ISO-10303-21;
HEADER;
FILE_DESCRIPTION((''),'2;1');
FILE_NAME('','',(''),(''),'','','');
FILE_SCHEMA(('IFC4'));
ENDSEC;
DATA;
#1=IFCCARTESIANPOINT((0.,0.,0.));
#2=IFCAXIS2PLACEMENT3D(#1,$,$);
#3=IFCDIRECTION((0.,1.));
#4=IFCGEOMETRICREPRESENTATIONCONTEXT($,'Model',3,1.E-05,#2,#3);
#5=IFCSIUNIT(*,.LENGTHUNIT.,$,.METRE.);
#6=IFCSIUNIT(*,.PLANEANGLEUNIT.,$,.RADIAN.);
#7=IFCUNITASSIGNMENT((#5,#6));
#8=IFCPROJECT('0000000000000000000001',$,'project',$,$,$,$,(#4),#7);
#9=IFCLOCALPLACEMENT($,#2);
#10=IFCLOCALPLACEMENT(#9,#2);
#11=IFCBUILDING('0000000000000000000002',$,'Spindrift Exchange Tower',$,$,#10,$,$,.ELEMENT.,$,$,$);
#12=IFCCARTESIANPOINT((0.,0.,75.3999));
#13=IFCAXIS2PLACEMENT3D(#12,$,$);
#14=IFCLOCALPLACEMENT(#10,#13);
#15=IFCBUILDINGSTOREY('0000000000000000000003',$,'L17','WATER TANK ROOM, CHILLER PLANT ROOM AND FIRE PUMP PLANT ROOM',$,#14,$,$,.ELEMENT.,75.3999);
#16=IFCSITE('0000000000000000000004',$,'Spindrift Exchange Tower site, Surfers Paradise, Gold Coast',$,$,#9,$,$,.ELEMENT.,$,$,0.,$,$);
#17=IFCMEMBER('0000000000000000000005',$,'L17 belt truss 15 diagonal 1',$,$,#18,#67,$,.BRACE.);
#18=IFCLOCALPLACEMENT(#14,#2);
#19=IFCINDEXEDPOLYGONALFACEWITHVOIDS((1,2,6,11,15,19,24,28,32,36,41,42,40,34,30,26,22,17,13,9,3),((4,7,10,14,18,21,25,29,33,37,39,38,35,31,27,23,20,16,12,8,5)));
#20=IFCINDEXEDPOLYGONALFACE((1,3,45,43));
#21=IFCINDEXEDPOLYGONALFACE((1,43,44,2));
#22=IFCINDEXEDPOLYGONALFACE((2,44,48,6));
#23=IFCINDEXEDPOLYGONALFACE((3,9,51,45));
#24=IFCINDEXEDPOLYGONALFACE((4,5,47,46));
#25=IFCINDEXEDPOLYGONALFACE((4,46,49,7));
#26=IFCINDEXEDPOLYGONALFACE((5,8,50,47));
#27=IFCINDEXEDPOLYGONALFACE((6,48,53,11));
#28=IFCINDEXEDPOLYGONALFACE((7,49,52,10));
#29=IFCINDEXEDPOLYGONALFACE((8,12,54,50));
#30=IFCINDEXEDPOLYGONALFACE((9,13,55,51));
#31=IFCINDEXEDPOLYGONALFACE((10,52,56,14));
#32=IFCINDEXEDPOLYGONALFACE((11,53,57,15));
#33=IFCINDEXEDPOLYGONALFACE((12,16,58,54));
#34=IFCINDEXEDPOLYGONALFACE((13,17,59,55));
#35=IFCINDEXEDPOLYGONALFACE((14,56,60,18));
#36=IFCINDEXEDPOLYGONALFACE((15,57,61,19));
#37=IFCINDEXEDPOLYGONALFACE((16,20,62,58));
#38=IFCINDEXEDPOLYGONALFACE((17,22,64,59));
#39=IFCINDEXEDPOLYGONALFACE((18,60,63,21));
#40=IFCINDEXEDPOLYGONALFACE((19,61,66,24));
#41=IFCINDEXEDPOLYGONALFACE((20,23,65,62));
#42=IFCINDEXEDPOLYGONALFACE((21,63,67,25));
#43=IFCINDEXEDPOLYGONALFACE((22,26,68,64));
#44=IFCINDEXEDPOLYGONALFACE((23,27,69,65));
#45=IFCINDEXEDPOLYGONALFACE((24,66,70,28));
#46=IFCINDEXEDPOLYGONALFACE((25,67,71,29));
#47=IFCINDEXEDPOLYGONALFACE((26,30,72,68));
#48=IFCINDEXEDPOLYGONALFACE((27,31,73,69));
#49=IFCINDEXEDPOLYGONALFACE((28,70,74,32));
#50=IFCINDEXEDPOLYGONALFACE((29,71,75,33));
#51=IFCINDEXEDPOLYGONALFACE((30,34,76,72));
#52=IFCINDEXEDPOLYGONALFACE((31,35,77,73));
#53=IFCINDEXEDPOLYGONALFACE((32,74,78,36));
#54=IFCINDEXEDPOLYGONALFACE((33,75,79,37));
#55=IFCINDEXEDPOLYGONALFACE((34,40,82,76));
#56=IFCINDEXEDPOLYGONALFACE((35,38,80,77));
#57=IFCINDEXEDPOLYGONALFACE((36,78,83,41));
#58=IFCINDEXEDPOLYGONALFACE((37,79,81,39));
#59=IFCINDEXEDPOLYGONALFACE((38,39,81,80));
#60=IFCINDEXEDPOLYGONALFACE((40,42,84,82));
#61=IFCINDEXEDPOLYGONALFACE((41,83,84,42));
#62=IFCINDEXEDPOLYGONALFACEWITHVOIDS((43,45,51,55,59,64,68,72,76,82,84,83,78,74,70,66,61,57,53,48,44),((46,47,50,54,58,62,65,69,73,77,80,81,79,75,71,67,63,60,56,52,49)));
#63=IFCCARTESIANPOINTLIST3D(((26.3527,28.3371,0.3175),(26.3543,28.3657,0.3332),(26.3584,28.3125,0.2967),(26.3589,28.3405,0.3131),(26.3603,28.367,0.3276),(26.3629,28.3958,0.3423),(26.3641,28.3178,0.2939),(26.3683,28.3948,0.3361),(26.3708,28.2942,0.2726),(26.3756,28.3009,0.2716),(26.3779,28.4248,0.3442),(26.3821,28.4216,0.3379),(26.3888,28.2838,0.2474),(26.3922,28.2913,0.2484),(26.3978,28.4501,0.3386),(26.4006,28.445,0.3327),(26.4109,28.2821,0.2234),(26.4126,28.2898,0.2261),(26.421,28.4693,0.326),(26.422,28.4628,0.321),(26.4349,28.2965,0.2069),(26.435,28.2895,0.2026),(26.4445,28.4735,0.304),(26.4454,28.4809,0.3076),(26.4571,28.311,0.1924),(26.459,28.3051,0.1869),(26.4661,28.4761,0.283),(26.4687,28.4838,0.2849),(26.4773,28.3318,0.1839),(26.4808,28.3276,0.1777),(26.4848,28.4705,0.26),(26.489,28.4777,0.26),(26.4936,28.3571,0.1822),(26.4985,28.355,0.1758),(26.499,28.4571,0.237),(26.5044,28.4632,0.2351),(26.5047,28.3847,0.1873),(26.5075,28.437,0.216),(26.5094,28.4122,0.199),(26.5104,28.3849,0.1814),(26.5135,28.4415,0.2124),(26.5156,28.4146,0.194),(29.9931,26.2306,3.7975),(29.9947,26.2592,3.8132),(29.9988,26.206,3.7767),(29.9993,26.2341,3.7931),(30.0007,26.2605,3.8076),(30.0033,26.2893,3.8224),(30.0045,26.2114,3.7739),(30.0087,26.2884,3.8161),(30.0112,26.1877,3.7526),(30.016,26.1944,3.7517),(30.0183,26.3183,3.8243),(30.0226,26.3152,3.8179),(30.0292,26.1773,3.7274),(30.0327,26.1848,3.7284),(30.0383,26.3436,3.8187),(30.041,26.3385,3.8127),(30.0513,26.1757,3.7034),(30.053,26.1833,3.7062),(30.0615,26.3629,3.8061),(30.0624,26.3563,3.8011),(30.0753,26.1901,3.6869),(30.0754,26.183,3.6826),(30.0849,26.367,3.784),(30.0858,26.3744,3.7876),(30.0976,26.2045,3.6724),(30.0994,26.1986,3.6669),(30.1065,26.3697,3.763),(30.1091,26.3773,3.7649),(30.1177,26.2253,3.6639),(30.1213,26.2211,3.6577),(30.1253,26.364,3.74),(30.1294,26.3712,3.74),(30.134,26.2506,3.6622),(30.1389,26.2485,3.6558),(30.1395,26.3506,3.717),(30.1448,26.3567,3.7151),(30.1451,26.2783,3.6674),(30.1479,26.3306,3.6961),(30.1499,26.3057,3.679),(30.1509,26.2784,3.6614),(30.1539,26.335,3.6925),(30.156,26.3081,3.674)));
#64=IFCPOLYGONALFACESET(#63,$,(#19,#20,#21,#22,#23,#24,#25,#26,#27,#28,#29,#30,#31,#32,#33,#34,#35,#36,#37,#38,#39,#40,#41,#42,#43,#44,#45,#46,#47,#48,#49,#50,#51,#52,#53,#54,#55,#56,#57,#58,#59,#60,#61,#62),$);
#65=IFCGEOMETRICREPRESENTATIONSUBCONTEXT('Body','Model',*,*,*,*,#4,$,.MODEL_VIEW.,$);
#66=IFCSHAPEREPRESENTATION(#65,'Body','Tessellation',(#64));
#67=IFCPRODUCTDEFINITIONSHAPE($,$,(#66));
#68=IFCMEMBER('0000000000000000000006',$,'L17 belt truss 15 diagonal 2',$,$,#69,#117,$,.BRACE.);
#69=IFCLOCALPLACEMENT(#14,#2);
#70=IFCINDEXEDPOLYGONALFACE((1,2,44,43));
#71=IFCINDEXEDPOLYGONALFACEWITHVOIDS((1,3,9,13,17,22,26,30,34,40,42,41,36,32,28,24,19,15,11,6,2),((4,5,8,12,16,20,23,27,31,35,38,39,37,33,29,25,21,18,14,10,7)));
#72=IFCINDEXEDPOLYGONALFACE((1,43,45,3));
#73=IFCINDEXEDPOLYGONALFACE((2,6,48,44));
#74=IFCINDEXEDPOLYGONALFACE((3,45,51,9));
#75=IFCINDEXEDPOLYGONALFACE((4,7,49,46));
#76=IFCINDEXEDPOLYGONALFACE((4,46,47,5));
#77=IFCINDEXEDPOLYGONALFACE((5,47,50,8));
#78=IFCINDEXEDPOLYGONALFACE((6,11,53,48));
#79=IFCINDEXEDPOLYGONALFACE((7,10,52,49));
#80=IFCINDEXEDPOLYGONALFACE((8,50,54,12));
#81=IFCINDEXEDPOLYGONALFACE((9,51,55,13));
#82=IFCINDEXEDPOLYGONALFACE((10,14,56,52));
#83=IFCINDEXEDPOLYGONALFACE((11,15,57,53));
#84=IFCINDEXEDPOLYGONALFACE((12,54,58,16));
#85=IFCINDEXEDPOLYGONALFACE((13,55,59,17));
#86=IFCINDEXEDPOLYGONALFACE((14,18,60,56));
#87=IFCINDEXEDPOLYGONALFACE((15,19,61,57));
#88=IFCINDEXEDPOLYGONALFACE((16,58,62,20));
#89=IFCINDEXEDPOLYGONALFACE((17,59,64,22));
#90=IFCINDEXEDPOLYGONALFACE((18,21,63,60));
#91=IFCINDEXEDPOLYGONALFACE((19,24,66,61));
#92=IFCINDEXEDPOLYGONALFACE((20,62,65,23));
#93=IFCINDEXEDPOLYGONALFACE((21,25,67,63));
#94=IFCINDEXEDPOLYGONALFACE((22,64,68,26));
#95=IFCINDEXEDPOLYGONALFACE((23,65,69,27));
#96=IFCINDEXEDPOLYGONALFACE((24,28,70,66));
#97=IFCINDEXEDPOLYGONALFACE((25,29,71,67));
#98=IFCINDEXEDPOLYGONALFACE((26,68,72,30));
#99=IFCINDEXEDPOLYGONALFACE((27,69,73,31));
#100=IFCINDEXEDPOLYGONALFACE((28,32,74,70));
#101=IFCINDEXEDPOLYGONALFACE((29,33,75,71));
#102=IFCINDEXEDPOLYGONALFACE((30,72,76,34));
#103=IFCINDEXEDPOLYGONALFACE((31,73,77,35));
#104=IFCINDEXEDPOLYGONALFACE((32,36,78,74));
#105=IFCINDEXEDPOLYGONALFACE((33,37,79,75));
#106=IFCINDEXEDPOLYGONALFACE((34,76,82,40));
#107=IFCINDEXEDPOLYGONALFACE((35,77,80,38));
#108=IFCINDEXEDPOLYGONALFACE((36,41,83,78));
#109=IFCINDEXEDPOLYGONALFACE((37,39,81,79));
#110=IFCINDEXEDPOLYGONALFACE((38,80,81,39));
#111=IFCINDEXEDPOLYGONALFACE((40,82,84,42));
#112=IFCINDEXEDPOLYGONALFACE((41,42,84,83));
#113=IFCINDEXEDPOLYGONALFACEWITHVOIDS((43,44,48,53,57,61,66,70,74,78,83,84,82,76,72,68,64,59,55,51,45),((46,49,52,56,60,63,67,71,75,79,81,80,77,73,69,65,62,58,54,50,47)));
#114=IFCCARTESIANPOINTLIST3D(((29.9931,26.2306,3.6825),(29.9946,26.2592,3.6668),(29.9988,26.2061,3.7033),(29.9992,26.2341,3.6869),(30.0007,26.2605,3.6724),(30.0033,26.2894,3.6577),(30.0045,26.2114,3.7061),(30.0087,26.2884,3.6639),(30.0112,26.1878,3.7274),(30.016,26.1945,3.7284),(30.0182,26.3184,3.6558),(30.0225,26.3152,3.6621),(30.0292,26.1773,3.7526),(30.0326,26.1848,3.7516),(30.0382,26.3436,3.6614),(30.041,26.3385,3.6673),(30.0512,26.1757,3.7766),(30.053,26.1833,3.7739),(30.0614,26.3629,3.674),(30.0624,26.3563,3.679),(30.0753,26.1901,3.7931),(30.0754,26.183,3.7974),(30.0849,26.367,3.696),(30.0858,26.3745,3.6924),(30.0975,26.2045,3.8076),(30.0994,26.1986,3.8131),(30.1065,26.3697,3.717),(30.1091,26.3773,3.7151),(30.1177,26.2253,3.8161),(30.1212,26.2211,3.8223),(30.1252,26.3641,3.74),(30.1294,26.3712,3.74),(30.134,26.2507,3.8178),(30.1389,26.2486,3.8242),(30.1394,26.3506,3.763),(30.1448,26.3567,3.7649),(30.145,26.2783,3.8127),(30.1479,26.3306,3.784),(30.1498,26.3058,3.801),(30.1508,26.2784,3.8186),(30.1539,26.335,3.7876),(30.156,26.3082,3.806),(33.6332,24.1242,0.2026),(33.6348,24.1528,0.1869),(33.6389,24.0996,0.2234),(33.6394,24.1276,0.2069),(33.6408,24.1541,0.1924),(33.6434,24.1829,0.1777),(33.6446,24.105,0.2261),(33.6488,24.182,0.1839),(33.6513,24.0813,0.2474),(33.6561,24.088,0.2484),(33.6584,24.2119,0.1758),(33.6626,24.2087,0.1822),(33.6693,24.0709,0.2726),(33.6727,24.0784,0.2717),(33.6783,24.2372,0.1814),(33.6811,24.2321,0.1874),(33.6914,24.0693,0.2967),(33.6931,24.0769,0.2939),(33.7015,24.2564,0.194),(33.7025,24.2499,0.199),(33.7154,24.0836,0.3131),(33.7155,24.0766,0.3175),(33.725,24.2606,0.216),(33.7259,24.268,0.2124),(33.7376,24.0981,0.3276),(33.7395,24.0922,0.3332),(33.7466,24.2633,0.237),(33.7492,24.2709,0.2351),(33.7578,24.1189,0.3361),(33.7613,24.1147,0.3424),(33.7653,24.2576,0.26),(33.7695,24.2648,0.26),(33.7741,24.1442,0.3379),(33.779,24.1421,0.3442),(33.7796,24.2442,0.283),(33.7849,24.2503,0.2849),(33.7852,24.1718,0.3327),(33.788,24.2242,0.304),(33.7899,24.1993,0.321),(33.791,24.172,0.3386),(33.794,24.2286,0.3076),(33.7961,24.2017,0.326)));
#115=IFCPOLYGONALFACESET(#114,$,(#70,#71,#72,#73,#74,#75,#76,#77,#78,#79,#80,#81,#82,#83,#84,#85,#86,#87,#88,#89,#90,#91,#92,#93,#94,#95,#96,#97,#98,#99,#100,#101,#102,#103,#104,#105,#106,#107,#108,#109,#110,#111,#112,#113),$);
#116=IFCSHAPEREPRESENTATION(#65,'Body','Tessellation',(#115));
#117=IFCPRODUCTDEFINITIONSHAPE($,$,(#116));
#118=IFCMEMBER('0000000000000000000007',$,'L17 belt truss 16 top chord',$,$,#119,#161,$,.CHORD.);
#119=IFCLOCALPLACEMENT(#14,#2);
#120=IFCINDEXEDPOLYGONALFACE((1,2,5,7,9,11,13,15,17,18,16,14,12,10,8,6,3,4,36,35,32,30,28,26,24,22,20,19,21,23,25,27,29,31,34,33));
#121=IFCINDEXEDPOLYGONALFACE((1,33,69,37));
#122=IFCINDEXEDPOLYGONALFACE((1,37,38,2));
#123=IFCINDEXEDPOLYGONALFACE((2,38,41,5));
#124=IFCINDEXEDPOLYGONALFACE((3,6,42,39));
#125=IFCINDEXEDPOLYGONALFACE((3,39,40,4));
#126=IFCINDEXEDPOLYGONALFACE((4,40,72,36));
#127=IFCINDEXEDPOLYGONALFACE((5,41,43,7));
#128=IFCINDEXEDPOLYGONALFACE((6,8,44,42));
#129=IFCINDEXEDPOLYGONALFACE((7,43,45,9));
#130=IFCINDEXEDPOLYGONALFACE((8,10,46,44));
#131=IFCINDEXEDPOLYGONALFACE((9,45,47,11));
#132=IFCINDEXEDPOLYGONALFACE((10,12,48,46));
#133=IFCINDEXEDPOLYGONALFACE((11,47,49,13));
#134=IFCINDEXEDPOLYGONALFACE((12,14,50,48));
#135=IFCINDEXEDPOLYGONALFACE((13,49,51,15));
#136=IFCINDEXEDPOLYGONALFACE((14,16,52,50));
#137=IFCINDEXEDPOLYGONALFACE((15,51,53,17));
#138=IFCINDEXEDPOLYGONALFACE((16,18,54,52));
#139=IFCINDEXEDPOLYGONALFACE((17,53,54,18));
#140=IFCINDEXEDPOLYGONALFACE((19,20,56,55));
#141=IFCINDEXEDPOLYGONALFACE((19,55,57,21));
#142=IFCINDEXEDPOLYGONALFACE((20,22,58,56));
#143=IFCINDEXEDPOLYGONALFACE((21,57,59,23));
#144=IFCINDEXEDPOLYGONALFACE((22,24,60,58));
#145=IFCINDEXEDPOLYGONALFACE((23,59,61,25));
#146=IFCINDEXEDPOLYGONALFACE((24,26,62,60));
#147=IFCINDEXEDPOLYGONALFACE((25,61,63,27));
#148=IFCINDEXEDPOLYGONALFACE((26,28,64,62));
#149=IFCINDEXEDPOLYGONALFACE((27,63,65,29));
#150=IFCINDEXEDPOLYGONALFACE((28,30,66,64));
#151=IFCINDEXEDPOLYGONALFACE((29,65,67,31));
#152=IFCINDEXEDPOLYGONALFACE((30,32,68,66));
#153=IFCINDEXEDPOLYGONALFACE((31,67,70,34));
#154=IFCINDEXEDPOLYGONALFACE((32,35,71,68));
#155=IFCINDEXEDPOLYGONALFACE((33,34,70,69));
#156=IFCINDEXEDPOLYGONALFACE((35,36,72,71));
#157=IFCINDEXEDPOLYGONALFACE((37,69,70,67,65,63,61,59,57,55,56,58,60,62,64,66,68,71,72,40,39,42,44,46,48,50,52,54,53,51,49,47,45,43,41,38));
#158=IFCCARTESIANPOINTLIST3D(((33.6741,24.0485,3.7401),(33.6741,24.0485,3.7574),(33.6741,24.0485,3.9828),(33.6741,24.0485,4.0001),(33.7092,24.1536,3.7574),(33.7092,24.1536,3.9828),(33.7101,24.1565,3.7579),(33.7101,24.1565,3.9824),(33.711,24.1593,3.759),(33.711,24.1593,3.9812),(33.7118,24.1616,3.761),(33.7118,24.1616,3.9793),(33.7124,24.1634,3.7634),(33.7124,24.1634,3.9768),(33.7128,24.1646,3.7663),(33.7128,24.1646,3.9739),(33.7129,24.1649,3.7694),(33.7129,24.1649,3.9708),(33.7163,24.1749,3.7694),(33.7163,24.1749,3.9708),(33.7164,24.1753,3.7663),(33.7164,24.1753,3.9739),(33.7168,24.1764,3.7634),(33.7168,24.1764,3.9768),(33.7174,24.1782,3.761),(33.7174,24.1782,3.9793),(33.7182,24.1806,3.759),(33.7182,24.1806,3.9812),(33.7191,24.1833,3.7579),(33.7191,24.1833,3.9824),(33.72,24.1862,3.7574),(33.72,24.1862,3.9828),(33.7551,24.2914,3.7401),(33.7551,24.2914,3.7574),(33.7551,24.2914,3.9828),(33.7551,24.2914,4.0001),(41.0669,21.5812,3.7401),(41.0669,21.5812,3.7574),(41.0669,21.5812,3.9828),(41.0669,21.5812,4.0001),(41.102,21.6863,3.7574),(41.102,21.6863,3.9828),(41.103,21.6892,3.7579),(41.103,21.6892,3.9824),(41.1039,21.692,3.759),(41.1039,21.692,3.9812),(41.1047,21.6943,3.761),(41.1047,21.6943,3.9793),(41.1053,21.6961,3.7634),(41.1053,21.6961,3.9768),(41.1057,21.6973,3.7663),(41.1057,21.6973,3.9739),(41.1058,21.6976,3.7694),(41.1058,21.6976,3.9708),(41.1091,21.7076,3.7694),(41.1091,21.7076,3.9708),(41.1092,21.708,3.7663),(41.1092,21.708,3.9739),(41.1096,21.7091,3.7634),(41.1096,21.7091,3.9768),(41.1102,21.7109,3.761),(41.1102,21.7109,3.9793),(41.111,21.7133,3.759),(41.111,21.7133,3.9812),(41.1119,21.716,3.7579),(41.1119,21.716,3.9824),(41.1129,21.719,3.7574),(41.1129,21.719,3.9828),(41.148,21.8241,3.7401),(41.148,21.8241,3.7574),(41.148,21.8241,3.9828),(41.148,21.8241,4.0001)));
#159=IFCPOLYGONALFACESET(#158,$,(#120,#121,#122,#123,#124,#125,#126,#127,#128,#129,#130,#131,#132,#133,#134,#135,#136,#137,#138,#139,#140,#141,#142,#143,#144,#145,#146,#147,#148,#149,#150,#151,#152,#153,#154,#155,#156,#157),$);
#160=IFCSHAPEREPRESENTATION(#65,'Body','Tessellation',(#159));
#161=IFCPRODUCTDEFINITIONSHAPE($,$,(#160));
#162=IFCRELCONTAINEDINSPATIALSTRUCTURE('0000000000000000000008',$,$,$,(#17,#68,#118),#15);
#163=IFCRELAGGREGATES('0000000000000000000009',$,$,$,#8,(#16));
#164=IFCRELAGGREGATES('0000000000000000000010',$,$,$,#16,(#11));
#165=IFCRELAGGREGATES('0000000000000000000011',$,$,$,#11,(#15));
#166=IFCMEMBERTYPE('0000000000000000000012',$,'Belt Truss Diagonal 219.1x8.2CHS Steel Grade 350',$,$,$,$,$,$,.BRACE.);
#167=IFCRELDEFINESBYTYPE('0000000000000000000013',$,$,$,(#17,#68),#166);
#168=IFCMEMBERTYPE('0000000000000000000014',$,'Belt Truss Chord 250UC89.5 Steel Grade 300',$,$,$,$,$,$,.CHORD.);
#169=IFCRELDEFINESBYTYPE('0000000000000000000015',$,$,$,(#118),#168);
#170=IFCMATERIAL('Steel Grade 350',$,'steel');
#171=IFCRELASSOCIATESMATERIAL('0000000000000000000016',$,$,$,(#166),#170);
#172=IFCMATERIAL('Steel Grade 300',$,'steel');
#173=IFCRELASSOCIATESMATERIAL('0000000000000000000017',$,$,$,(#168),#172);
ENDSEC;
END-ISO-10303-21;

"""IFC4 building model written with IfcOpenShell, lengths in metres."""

from ifc_helpers import new_model, si_unit, direction, frame, origin, origin_2d, place, context, subcontext, project, spatial, hollow_circle, i_section, extrude, source, transform, mapped, material, material_profile, profile_set, type_object, element, save


model = new_model("IFC4")

# Units and contexts
model_context = context("Model", 3, precision=1e-05, world=origin(), true_north=direction((0.0, 1.0)))
body_context = subcontext(model_context, "Body", "Model", "MODEL_VIEW")
ifc_project = project(units=[si_unit("LENGTHUNIT", "METRE"), si_unit("PLANEANGLEUNIT", "RADIAN")], contexts=[model_context])

# Site, building, storey
site_placement = place(None, origin())
site = spatial("IfcSite", under=ifc_project, at=site_placement, Name="Spindrift Exchange Tower site, Surfers Paradise, Gold Coast", CompositionType="ELEMENT", RefElevation=0.0)
building_placement = place(site_placement, origin())
building = spatial("IfcBuilding", under=site, at=building_placement, Name="Spindrift Exchange Tower", CompositionType="ELEMENT")
storey_placement = place(building_placement, frame((0.0, 0.0, 75.3999)))
storey = spatial("IfcBuildingStorey", under=building, at=storey_placement, Name="L17", Description="WATER TANK ROOM, CHILLER PLANT ROOM AND FIRE PUMP PLANT ROOM", CompositionType="ELEMENT", Elevation=75.3999)

# Shared definitions
ifc_material_1 = material(Name="Steel Grade 300", Category="steel")

# Members
ifc_material_2 = material(Name="Steel Grade 350", Category="steel")
ifc_material_profile_1 = material_profile(ifc_material_2, hollow_circle(Radius=0.1096, WallThickness=0.0083, at=origin_2d()), Name="219.1x8.2CHS")
ifc_profile_set_1 = profile_set([ifc_material_profile_1], Name="Steel Grade 350")
member_type_1 = type_object("IfcMemberType", Name="Belt Truss Diagonal 219.1x8.2CHS Steel Grade 350", PredefinedType="BRACE", material=ifc_profile_set_1)
shared_shape_1 = source(origin(), body_context, "Body", "SweptSolid", [
    extrude(hollow_circle(Radius=0.1096, WallThickness=0.0083, at=origin_2d()), origin(), (0.0, 0.0, 1.0), 5.459),
])
member_1_placement = place(storey_placement, frame((26.4341, 28.3828, 0.26), z_axis=(0.666869, -0.385873, 0.637486), x_axis=(0.500833, 0.865544, 0.0)))
element("IfcMember", 1, at=member_1_placement, inside=storey, type_object=member_type_1, Name="L17 belt truss 15 diagonal 1", PredefinedType="BRACE", context=body_context, shape_type="MappedRepresentation", body=[
    mapped(shared_shape_1, transform((0.0, 0.0, 0.0), scale=1.0)),
])
shared_shape_2 = source(origin(), body_context, "Body", "SweptSolid", [
    extrude(hollow_circle(Radius=0.1096, WallThickness=0.0083, at=origin_2d()), origin(), (0.0, 0.0, 1.0), 5.4587),
])
member_2_placement = place(storey_placement, frame((30.0745, 26.2764, 3.74), z_axis=(0.666844, -0.385884, -0.637505), x_axis=(0.500858, 0.86553, 0.0)))
element("IfcMember", 2, at=member_2_placement, inside=storey, type_object=member_type_1, Name="L17 belt truss 15 diagonal 2", PredefinedType="BRACE", context=body_context, shape_type="MappedRepresentation", body=[
    mapped(shared_shape_2, transform((0.0, 0.0, 0.0), scale=1.0)),
])
ifc_material_profile_2 = material_profile(ifc_material_1, i_section(OverallWidth=0.2561, OverallDepth=0.26, WebThickness=0.0105, FlangeThickness=0.0173, FilletRadius=0.012, at=origin_2d()), Name="250UC89.5")
ifc_profile_set_2 = profile_set([ifc_material_profile_2], Name="Steel Grade 300")
member_type_2 = type_object("IfcMemberType", Name="Belt Truss Chord 250UC89.5 Steel Grade 300", PredefinedType="CHORD", material=ifc_profile_set_2)
shared_shape_3 = source(origin(), body_context, "Body", "SweptSolid", [
    extrude(i_section(OverallWidth=0.2561, OverallDepth=0.26, WebThickness=0.0105, FlangeThickness=0.0173, FilletRadius=0.012, at=origin_2d()), origin(), (0.0, 0.0, 1.0), 7.7937),
])
for number, where, z_axis, x_axis, name in (
    (3, (33.7146, 24.1699, 3.8701), (0.948567, -0.316575, 0.0), (0.316575, 0.948567, 0.0), "L17 belt truss 16 top chord"),
):
    element("IfcMember", number, at=place(storey_placement, frame(where, z_axis=z_axis, x_axis=x_axis)), inside=storey, type_object=member_type_2, Name=name, PredefinedType="CHORD", context=body_context, shape_type="MappedRepresentation", body=[
        mapped(shared_shape_3, transform((0.0, 0.0, 0.0), scale=1.0)),
    ])

save(model, "model.ifc")
